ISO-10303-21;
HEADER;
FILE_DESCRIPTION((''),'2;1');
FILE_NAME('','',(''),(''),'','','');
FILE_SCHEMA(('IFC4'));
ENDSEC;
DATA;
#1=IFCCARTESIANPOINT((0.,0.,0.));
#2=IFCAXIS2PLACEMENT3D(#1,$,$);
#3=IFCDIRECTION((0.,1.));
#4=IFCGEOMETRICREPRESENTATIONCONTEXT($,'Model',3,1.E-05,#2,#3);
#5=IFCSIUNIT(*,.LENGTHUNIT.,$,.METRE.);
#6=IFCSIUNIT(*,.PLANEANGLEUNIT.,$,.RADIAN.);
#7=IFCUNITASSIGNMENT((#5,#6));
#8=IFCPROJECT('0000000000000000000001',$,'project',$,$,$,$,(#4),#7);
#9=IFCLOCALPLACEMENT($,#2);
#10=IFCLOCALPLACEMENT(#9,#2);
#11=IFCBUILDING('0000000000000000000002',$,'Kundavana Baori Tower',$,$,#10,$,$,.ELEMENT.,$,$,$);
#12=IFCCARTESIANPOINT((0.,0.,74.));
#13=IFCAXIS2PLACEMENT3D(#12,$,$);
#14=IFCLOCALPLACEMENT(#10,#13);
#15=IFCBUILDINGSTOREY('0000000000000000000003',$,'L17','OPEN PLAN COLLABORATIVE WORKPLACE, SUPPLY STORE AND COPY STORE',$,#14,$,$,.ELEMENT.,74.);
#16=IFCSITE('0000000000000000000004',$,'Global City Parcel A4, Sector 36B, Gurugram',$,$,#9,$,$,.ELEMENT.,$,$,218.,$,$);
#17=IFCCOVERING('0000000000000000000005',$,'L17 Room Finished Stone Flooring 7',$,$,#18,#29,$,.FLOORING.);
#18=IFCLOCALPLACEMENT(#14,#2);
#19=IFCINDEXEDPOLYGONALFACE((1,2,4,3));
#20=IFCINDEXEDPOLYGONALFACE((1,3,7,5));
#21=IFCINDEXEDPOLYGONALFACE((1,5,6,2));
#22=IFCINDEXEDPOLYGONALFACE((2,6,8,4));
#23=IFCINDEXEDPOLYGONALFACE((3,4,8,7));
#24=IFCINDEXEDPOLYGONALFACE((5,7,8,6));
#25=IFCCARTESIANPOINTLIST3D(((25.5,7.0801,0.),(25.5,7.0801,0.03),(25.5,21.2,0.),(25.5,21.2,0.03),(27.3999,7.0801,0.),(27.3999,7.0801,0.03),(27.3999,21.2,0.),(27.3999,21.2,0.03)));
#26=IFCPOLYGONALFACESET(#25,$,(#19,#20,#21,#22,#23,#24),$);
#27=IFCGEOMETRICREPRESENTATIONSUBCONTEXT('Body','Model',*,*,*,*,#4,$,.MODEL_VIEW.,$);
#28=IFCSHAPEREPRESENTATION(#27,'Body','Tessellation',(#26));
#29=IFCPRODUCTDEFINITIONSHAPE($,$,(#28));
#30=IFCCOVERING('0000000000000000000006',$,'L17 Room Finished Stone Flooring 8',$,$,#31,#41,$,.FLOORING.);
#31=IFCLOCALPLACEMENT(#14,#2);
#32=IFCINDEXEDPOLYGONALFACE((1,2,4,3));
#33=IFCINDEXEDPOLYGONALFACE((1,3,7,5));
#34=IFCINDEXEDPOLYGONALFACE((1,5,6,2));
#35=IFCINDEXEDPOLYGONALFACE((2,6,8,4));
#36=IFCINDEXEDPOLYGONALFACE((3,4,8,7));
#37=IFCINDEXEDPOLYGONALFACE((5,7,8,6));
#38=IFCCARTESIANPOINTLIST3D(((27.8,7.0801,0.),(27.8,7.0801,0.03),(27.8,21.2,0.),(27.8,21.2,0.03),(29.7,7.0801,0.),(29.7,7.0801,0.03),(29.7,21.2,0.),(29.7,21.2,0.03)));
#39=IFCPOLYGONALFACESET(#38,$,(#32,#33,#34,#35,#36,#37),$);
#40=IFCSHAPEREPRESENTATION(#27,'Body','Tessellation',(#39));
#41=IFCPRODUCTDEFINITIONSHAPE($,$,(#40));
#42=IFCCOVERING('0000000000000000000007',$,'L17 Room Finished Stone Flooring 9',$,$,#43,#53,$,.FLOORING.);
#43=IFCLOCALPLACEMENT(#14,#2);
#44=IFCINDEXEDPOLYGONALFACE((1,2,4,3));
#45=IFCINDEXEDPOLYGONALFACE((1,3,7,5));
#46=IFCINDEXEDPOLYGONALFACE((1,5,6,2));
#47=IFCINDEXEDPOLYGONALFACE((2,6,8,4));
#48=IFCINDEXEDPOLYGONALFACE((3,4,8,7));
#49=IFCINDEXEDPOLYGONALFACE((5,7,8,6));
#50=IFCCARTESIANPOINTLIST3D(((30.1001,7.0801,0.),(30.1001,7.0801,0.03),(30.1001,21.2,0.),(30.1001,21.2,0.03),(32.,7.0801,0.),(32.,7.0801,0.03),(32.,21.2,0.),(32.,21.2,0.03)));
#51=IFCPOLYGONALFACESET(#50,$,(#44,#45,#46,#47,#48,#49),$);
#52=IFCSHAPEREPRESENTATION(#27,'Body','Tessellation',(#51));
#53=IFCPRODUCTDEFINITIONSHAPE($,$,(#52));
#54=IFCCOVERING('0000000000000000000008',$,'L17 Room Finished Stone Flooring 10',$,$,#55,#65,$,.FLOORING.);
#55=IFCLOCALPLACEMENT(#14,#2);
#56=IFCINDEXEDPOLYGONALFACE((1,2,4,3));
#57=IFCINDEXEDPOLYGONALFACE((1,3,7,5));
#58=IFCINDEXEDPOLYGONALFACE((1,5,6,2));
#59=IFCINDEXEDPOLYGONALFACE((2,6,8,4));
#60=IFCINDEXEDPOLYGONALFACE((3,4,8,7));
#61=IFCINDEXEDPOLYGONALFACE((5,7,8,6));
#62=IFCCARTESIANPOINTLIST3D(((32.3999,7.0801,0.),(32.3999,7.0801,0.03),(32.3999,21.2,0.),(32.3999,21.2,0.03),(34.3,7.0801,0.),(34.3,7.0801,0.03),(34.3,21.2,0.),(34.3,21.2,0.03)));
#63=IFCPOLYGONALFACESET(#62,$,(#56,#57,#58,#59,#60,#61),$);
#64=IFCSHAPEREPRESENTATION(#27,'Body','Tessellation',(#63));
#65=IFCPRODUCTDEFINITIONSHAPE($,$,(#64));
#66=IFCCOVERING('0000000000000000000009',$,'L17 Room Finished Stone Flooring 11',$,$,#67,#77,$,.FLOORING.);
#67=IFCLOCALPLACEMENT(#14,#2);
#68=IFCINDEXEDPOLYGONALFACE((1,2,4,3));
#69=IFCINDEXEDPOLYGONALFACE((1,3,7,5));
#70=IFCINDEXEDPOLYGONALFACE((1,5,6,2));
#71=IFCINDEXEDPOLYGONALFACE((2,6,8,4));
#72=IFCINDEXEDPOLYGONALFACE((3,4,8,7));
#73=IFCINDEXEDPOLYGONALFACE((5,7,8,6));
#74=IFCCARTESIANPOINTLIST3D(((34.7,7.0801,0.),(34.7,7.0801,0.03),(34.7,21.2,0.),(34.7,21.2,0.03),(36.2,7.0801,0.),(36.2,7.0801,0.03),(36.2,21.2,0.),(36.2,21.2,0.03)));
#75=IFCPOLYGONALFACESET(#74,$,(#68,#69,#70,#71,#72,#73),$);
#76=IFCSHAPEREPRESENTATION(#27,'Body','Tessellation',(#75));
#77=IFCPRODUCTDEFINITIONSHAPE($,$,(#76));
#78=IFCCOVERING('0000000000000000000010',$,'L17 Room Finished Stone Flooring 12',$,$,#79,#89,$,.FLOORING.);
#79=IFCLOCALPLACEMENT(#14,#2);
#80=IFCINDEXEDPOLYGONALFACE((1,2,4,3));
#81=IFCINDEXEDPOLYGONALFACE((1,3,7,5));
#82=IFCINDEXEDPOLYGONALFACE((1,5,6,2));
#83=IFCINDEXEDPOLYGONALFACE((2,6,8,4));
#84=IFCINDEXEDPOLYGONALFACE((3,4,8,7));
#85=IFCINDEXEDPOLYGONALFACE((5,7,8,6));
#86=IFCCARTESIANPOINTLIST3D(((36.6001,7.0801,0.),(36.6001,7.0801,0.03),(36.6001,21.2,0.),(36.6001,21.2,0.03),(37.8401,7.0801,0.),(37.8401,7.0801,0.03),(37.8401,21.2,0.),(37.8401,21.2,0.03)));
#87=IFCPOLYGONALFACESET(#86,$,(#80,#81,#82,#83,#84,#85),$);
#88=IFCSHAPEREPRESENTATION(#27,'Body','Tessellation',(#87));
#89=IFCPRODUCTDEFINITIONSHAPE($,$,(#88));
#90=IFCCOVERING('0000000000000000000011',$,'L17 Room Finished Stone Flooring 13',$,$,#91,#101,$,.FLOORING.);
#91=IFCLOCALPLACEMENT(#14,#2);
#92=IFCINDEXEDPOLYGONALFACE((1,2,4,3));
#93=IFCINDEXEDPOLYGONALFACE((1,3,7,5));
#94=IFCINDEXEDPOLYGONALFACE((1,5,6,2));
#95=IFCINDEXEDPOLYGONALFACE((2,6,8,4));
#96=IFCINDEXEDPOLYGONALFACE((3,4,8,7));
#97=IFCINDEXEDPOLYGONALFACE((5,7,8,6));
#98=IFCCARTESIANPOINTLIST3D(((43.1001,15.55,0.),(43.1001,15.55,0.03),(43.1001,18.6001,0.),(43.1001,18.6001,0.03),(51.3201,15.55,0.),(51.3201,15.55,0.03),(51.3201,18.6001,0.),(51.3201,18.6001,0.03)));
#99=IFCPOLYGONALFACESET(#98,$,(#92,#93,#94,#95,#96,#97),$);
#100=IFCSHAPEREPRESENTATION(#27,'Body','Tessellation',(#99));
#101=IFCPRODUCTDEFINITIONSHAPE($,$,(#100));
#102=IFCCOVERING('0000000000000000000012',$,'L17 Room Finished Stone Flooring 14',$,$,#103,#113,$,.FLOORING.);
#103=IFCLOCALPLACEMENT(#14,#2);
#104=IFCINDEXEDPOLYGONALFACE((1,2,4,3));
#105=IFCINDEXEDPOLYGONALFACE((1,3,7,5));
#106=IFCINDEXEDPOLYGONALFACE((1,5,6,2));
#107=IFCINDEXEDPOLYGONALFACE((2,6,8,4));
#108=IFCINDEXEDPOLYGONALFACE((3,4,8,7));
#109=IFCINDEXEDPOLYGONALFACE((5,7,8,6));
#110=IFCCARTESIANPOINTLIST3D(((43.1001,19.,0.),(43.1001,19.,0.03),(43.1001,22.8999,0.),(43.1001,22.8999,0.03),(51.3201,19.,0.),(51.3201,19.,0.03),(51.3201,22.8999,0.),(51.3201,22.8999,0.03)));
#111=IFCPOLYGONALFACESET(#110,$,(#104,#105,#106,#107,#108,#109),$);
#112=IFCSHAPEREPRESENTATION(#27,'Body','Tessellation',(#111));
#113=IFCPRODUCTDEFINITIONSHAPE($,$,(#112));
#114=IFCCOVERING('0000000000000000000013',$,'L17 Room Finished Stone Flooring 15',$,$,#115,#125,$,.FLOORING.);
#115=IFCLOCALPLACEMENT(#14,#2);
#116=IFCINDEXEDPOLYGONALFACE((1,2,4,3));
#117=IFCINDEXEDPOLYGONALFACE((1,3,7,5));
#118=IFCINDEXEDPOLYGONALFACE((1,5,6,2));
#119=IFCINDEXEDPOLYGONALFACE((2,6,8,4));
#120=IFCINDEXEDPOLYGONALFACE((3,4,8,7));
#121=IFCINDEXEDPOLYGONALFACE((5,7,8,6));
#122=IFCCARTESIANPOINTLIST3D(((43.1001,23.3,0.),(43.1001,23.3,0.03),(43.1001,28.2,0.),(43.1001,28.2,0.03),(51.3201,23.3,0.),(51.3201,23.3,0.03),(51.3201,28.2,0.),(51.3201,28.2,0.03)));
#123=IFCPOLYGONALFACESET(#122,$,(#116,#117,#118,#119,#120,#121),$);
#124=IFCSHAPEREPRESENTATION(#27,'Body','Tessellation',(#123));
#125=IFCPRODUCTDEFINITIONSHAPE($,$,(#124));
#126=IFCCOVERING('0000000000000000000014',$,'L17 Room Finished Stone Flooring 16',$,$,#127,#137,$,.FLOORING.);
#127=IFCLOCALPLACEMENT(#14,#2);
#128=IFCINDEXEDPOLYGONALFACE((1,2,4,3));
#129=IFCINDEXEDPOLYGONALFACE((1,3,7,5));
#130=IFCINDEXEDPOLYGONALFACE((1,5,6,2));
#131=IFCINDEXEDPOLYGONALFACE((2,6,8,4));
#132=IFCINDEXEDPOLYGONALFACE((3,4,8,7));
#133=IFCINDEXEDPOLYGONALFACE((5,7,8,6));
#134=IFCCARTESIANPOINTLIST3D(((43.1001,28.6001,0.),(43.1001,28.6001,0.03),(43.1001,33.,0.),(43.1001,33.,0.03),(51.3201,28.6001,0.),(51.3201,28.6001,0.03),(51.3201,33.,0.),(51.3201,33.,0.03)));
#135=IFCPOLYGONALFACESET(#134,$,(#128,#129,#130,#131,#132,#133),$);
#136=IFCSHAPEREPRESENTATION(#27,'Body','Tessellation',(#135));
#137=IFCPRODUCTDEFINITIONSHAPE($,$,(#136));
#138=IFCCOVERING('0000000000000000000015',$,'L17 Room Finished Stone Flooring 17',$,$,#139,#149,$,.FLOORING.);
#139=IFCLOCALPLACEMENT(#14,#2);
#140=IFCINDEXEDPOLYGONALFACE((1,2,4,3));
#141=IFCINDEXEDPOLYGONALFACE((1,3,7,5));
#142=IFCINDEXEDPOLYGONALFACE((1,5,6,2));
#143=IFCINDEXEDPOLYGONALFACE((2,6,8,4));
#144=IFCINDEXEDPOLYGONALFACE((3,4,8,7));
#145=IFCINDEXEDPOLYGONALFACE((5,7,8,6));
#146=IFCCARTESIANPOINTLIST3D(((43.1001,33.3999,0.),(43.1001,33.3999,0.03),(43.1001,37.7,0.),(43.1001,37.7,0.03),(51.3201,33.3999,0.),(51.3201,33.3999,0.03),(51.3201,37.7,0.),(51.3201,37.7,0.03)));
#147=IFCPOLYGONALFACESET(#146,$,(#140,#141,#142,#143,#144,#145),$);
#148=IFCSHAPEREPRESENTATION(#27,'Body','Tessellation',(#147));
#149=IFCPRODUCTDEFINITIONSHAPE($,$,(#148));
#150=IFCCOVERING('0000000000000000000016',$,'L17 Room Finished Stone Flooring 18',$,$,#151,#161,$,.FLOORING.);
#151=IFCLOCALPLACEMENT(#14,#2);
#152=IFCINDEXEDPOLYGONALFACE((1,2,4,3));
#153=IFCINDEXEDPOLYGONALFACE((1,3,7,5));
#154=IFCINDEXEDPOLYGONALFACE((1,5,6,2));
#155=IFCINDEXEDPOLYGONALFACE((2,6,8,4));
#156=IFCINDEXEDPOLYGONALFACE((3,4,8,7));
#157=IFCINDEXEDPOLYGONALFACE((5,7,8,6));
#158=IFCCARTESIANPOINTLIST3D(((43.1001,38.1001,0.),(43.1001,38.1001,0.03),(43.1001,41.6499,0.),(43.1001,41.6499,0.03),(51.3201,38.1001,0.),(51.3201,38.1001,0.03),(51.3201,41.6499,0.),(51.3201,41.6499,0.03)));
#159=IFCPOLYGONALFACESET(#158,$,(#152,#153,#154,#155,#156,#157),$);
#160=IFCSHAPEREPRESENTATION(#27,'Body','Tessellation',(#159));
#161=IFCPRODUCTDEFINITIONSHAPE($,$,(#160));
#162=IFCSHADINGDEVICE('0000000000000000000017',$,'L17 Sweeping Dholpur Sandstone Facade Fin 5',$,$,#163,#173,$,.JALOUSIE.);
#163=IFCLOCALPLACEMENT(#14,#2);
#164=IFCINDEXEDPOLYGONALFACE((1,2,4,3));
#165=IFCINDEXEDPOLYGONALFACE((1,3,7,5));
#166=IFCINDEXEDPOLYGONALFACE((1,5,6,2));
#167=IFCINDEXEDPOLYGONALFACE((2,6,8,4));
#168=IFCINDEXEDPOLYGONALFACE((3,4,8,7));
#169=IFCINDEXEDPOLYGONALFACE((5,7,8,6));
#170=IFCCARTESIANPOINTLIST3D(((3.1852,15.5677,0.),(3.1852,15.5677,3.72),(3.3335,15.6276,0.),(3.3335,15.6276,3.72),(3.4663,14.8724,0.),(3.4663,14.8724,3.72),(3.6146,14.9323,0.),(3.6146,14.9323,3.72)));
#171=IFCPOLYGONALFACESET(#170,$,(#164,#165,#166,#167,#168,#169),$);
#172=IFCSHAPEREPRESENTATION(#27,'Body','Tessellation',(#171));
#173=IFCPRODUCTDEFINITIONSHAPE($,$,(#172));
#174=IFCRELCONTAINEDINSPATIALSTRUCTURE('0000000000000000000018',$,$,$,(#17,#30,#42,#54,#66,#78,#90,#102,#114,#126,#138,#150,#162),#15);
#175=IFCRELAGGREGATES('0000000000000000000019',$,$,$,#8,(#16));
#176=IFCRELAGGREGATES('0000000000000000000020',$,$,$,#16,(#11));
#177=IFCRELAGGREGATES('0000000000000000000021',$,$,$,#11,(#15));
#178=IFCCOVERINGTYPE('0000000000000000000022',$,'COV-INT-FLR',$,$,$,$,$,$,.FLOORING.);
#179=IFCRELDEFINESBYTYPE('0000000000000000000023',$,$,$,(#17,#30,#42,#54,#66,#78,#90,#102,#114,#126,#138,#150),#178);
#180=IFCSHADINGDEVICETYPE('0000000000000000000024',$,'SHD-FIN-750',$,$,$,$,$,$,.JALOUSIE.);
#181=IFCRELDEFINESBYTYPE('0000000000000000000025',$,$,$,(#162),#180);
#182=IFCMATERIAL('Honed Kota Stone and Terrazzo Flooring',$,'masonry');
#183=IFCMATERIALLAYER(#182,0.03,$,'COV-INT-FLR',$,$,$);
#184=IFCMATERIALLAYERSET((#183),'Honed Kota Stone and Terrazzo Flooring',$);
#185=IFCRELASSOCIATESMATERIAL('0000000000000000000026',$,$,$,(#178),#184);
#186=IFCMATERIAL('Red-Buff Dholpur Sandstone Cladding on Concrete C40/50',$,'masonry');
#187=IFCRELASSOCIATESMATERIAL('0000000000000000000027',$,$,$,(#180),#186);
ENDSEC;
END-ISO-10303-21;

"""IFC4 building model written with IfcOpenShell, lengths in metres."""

from ifc_helpers import new_model, si_unit, direction, frame, origin, origin_2d, place, context, subcontext, project, spatial, polyline, rectangle, outline, extrude, material, layer, layer_set, type_object, element, save


model = new_model("IFC4")

# Units and contexts
model_context = context("Model", 3, precision=1e-05, world=origin(), true_north=direction((0.0, 1.0)))
body_context = subcontext(model_context, "Body", "Model", "MODEL_VIEW")
ifc_project = project(units=[si_unit("LENGTHUNIT", "METRE"), si_unit("PLANEANGLEUNIT", "RADIAN")], contexts=[model_context])

# Site, building, storey
site_placement = place(None, origin())
site = spatial("IfcSite", under=ifc_project, at=site_placement, Name="Global City Parcel A4, Sector 36B, Gurugram", CompositionType="ELEMENT", RefElevation=218.0)
building_placement = place(site_placement, origin())
building = spatial("IfcBuilding", under=site, at=building_placement, Name="Kundavana Baori Tower", CompositionType="ELEMENT")
storey_placement = place(building_placement, frame((0.0, 0.0, 74.0)))
storey = spatial("IfcBuildingStorey", under=building, at=storey_placement, Name="L17", Description="OPEN PLAN COLLABORATIVE WORKPLACE, SUPPLY STORE AND COPY STORE", CompositionType="ELEMENT", Elevation=74.0)

# Coverings
ifc_material_1 = material(Name="Honed Kota Stone and Terrazzo Flooring", Category="masonry")
ifc_layer_1 = layer(ifc_material_1, 0.03, Name="COV-INT-FLR")
ifc_layer_set_1 = layer_set([ifc_layer_1], Name="Honed Kota Stone and Terrazzo Flooring")
covering_type_1 = type_object("IfcCoveringType", Name="COV-INT-FLR", PredefinedType="FLOORING", material=ifc_layer_set_1)
covering_1_placement = place(storey_placement, origin())
element("IfcCovering", 1, at=covering_1_placement, inside=storey, type_object=covering_type_1, Name="L17 Room Finished Stone Flooring 7", PredefinedType="FLOORING", context=body_context, shape_type="SweptSolid", body=[
    extrude(outline(polyline([(25.5, 7.0801), (27.3999, 7.0801), (27.3999, 21.2), (25.5, 21.2), (25.5, 7.0801)])), origin(), (0.0, 0.0, 1.0), 0.03),
])
covering_2_placement = place(storey_placement, origin())
element("IfcCovering", 2, at=covering_2_placement, inside=storey, type_object=covering_type_1, Name="L17 Room Finished Stone Flooring 8", PredefinedType="FLOORING", context=body_context, shape_type="SweptSolid", body=[
    extrude(outline(polyline([(27.8, 7.0801), (29.7, 7.0801), (29.7, 21.2), (27.8, 21.2), (27.8, 7.0801)])), origin(), (0.0, 0.0, 1.0), 0.03),
])
covering_3_placement = place(storey_placement, origin())
element("IfcCovering", 3, at=covering_3_placement, inside=storey, type_object=covering_type_1, Name="L17 Room Finished Stone Flooring 9", PredefinedType="FLOORING", context=body_context, shape_type="SweptSolid", body=[
    extrude(outline(polyline([(30.1001, 7.0801), (32.0, 7.0801), (32.0, 21.2), (30.1001, 21.2), (30.1001, 7.0801)])), origin(), (0.0, 0.0, 1.0), 0.03),
])
covering_4_placement = place(storey_placement, origin())
element("IfcCovering", 4, at=covering_4_placement, inside=storey, type_object=covering_type_1, Name="L17 Room Finished Stone Flooring 10", PredefinedType="FLOORING", context=body_context, shape_type="SweptSolid", body=[
    extrude(outline(polyline([(32.3999, 7.0801), (34.3, 7.0801), (34.3, 21.2), (32.3999, 21.2), (32.3999, 7.0801)])), origin(), (0.0, 0.0, 1.0), 0.03),
])
covering_5_placement = place(storey_placement, origin())
element("IfcCovering", 5, at=covering_5_placement, inside=storey, type_object=covering_type_1, Name="L17 Room Finished Stone Flooring 11", PredefinedType="FLOORING", context=body_context, shape_type="SweptSolid", body=[
    extrude(outline(polyline([(34.7, 7.0801), (36.2, 7.0801), (36.2, 21.2), (34.7, 21.2), (34.7, 7.0801)])), origin(), (0.0, 0.0, 1.0), 0.03),
])
covering_6_placement = place(storey_placement, origin())
element("IfcCovering", 6, at=covering_6_placement, inside=storey, type_object=covering_type_1, Name="L17 Room Finished Stone Flooring 12", PredefinedType="FLOORING", context=body_context, shape_type="SweptSolid", body=[
    extrude(outline(polyline([(36.6001, 7.0801), (37.8401, 7.0801), (37.8401, 21.2), (36.6001, 21.2), (36.6001, 7.0801)])), origin(), (0.0, 0.0, 1.0), 0.03),
])
covering_7_placement = place(storey_placement, origin())
element("IfcCovering", 7, at=covering_7_placement, inside=storey, type_object=covering_type_1, Name="L17 Room Finished Stone Flooring 13", PredefinedType="FLOORING", context=body_context, shape_type="SweptSolid", body=[
    extrude(outline(polyline([(43.1001, 15.55), (51.3201, 15.55), (51.3201, 18.6001), (43.1001, 18.6001), (43.1001, 15.55)])), origin(), (0.0, 0.0, 1.0), 0.03),
])
covering_8_placement = place(storey_placement, origin())
element("IfcCovering", 8, at=covering_8_placement, inside=storey, type_object=covering_type_1, Name="L17 Room Finished Stone Flooring 14", PredefinedType="FLOORING", context=body_context, shape_type="SweptSolid", body=[
    extrude(outline(polyline([(43.1001, 19.0), (51.3201, 19.0), (51.3201, 22.8999), (43.1001, 22.8999), (43.1001, 19.0)])), origin(), (0.0, 0.0, 1.0), 0.03),
])
covering_9_placement = place(storey_placement, origin())
element("IfcCovering", 9, at=covering_9_placement, inside=storey, type_object=covering_type_1, Name="L17 Room Finished Stone Flooring 15", PredefinedType="FLOORING", context=body_context, shape_type="SweptSolid", body=[
    extrude(outline(polyline([(43.1001, 23.3), (51.3201, 23.3), (51.3201, 28.2), (43.1001, 28.2), (43.1001, 23.3)])), origin(), (0.0, 0.0, 1.0), 0.03),
])
covering_10_placement = place(storey_placement, origin())
element("IfcCovering", 10, at=covering_10_placement, inside=storey, type_object=covering_type_1, Name="L17 Room Finished Stone Flooring 16", PredefinedType="FLOORING", context=body_context, shape_type="SweptSolid", body=[
    extrude(outline(polyline([(43.1001, 28.6001), (51.3201, 28.6001), (51.3201, 33.0), (43.1001, 33.0), (43.1001, 28.6001)])), origin(), (0.0, 0.0, 1.0), 0.03),
])
covering_11_placement = place(storey_placement, origin())
element("IfcCovering", 11, at=covering_11_placement, inside=storey, type_object=covering_type_1, Name="L17 Room Finished Stone Flooring 17", PredefinedType="FLOORING", context=body_context, shape_type="SweptSolid", body=[
    extrude(outline(polyline([(43.1001, 33.3999), (51.3201, 33.3999), (51.3201, 37.7), (43.1001, 37.7), (43.1001, 33.3999)])), origin(), (0.0, 0.0, 1.0), 0.03),
])
covering_12_placement = place(storey_placement, origin())
element("IfcCovering", 12, at=covering_12_placement, inside=storey, type_object=covering_type_1, Name="L17 Room Finished Stone Flooring 18", PredefinedType="FLOORING", context=body_context, shape_type="SweptSolid", body=[
    extrude(outline(polyline([(43.1001, 38.1001), (51.3201, 38.1001), (51.3201, 41.6499), (43.1001, 41.6499), (43.1001, 38.1001)])), origin(), (0.0, 0.0, 1.0), 0.03),
])

# Shading device
ifc_material_2 = material(Name="Red-Buff Dholpur Sandstone Cladding on Concrete C40/50", Category="masonry")
shading_device_type = type_object("IfcShadingDeviceType", Name="SHD-FIN-750", PredefinedType="JALOUSIE", material=ifc_material_2)
shading_device_placement = place(storey_placement, frame((3.3999, 15.25, 0.0), z_axis=(0.0, 0.0, 1.0), x_axis=(0.927118, 0.374768, 0.0)))
element("IfcShadingDevice", 13, at=shading_device_placement, inside=storey, type_object=shading_device_type, Name="L17 Sweeping Dholpur Sandstone Facade Fin 5", PredefinedType="JALOUSIE", context=body_context, shape_type="SweptSolid", body=[
    extrude(rectangle(XDim=0.1599, YDim=0.75, at=origin_2d()), origin(), (0.0, 0.0, 1.0), 3.72),
])

save(model, "model.ifc")
